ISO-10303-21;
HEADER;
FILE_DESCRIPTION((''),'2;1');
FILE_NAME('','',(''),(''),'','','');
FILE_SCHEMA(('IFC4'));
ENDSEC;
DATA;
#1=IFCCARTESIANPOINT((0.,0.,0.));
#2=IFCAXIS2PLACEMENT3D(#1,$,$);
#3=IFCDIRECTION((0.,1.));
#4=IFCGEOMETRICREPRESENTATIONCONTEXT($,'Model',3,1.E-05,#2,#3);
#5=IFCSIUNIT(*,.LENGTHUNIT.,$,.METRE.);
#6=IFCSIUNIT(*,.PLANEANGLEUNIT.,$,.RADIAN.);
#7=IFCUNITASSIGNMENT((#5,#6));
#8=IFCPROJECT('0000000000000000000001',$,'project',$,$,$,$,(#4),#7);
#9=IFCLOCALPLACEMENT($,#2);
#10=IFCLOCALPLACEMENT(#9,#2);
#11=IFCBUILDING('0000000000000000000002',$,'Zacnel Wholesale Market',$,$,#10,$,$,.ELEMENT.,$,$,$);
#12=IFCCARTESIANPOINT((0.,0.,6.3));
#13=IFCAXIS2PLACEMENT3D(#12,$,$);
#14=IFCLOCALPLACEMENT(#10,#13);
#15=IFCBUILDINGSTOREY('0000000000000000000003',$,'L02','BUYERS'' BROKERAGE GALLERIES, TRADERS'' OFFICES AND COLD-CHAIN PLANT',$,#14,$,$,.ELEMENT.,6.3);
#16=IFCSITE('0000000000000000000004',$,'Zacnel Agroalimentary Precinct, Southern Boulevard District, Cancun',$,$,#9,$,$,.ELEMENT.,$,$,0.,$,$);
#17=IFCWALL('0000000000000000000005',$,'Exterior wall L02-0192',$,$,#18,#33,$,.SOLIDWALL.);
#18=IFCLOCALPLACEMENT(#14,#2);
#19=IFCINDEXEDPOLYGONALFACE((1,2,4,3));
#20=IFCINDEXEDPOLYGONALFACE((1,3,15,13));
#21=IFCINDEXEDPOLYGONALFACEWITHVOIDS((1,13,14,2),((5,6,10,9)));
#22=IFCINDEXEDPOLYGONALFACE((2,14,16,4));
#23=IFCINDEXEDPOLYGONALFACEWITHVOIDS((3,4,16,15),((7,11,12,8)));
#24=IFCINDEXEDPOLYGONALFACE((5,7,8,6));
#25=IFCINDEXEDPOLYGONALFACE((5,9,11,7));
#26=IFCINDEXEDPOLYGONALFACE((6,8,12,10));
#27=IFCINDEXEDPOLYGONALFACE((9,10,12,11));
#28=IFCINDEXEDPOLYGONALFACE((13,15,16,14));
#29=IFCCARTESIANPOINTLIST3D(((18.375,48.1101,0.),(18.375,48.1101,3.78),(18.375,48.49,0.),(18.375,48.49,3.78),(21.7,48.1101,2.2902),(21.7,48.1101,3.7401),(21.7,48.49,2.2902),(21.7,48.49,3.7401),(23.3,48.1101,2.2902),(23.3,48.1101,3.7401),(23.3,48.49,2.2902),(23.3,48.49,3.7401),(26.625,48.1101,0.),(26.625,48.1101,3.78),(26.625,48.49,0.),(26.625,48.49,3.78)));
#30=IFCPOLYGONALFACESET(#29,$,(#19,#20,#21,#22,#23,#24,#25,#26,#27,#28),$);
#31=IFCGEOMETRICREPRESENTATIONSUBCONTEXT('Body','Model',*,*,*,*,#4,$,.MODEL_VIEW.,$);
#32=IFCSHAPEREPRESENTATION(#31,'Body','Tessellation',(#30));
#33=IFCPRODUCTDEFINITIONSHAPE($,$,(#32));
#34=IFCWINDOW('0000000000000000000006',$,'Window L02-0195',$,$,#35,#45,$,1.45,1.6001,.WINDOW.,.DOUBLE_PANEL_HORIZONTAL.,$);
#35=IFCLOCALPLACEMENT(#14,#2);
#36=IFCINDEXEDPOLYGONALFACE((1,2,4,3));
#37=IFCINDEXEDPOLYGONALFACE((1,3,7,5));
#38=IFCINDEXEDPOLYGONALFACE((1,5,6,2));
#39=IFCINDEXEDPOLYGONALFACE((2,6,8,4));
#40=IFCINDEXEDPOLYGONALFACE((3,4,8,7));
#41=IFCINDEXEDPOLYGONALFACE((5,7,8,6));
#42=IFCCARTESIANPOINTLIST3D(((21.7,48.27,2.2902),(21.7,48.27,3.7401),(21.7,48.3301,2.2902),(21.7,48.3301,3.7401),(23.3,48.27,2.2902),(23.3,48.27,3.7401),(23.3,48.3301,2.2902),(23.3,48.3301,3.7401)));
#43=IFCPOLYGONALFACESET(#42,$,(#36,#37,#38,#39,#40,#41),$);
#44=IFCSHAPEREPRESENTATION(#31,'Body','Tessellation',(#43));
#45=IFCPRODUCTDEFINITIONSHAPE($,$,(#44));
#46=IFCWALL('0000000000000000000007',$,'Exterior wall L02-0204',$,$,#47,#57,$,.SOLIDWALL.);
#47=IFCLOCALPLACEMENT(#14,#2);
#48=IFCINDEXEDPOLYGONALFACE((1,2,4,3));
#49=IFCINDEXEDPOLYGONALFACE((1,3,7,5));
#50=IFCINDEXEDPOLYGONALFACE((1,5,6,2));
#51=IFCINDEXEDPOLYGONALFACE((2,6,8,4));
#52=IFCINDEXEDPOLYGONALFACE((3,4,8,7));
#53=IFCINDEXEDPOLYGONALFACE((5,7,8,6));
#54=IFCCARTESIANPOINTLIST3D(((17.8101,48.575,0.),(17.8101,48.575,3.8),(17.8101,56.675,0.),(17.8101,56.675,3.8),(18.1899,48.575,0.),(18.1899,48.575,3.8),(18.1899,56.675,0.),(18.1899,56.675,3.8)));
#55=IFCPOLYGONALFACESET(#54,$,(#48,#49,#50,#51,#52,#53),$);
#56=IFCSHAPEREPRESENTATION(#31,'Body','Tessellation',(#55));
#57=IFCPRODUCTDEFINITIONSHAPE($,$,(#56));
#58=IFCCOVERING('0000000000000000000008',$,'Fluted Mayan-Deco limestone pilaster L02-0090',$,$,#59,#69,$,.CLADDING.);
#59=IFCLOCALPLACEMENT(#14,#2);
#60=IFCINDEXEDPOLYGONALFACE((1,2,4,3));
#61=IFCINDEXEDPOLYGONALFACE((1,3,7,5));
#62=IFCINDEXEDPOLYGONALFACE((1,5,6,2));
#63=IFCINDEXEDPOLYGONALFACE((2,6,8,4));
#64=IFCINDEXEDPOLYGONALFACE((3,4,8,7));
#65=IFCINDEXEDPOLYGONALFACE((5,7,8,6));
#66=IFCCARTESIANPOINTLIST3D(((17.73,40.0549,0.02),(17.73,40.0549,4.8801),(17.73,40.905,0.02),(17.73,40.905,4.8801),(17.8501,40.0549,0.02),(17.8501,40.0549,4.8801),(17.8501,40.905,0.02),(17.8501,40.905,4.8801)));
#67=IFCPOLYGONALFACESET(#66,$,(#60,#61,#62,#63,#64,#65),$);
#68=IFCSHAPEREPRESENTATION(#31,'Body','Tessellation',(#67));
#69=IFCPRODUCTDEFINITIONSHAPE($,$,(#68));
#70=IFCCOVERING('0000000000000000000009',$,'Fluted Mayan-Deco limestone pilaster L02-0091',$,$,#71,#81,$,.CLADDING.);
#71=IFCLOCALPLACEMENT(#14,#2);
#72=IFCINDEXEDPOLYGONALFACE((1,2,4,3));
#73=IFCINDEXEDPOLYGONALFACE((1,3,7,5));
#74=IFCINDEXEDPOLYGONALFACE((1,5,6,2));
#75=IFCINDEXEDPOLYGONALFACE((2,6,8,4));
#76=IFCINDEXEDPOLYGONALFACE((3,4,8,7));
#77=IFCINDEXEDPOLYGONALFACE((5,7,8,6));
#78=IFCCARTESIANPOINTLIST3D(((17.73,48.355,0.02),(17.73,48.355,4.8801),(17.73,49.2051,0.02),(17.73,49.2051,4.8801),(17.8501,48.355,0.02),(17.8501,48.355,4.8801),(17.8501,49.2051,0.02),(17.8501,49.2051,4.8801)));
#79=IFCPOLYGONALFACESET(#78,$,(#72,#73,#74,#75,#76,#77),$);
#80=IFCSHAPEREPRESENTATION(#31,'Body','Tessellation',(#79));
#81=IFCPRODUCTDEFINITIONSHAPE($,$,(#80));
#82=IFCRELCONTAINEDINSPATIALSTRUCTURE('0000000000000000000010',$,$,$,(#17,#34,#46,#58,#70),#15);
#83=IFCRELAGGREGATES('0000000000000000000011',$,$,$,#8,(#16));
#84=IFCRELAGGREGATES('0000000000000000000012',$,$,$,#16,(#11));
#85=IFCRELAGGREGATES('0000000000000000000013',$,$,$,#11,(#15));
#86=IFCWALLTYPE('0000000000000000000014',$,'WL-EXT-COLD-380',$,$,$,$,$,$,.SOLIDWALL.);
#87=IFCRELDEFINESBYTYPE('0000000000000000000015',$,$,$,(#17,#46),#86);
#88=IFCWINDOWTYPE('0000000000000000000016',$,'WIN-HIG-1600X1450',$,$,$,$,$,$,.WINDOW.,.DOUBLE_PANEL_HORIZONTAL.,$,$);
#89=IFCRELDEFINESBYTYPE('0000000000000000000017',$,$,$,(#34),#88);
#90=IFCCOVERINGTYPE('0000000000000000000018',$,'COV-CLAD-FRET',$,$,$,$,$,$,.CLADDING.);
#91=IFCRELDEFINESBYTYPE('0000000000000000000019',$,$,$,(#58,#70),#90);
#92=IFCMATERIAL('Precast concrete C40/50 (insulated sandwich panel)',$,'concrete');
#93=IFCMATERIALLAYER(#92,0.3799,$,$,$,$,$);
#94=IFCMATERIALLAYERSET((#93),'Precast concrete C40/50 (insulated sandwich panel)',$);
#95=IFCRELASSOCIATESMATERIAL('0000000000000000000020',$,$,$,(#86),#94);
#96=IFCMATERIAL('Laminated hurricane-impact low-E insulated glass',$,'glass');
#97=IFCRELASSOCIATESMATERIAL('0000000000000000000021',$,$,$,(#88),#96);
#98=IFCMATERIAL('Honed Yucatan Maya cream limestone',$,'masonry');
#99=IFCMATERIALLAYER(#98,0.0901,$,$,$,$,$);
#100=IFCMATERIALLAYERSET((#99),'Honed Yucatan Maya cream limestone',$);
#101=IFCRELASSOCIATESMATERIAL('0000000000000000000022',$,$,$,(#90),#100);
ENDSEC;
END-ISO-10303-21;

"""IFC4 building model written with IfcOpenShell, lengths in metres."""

from ifc_helpers import new_model, si_unit, direction, frame, frame_2d, origin, origin_2d, place, context, subcontext, project, spatial, rectangle, extrude, material, layer, layer_set, type_object, element, fill, save


model = new_model("IFC4")

# Units and contexts
model_context = context("Model", 3, precision=1e-05, world=origin(), true_north=direction((0.0, 1.0)))
body_context = subcontext(model_context, "Body", "Model", "MODEL_VIEW")
ifc_project = project(units=[si_unit("LENGTHUNIT", "METRE"), si_unit("PLANEANGLEUNIT", "RADIAN")], contexts=[model_context])

# Site, building, storey
site_placement = place(None, origin())
site = spatial("IfcSite", under=ifc_project, at=site_placement, Name="Zacnel Agroalimentary Precinct, Southern Boulevard District, Cancun", CompositionType="ELEMENT", RefElevation=0.0)
building_placement = place(site_placement, origin())
building = spatial("IfcBuilding", under=site, at=building_placement, Name="Zacnel Wholesale Market", CompositionType="ELEMENT")
storey_placement = place(building_placement, frame((0.0, 0.0, 6.3)))
storey = spatial("IfcBuildingStorey", under=building, at=storey_placement, Name="L02", Description="BUYERS' BROKERAGE GALLERIES, TRADERS' OFFICES AND COLD-CHAIN PLANT", CompositionType="ELEMENT", Elevation=6.3)

# Shared definitions
ifc_material_1 = material(Name="Precast concrete C40/50 (insulated sandwich panel)", Category="concrete")
ifc_layer_1 = layer(ifc_material_1, 0.3799)
ifc_layer_set_1 = layer_set([ifc_layer_1], Name="Precast concrete C40/50 (insulated sandwich panel)")
wall_type = type_object("IfcWallType", Name="WL-EXT-COLD-380", PredefinedType="SOLIDWALL", material=ifc_layer_set_1)

# Wall, opening, window
wall_1_placement = place(storey_placement, frame((18.375, 48.3, 0.0), z_axis=(0.0, 0.0, 1.0), x_axis=(1.0, 0.0, 0.0)))
wall_1 = element("IfcWall", 1, at=wall_1_placement, inside=storey, type_object=wall_type, Name="Exterior wall L02-0192", PredefinedType="SOLIDWALL", context=body_context, shape_type="SweptSolid", body=[
    extrude(rectangle(XDim=8.25, YDim=0.3799, at=frame_2d((4.125, 0.0))), origin(), (0.0, 0.0, 1.0), 3.78),
])
opening_placement = place(wall_1_placement, frame((3.325, 0.0, 2.29)))
opening = element("IfcOpeningElement", 2, at=opening_placement, cuts=wall_1, PredefinedType="OPENING", context=body_context, shape_type="SweptSolid", body=[
    extrude(rectangle(XDim=1.6001, YDim=1.45, at=frame_2d((0.8, 0.7251))), frame((0.0, 0.2, 0.0), z_axis=(0.0, -1.0, 0.0), x_axis=(1.0, 0.0, 0.0)), (0.0, 0.0, 1.0), 0.3999),
])
ifc_material_2 = material(Name="Laminated hurricane-impact low-E insulated glass", Category="glass")
window_type = type_object("IfcWindowType", Name="WIN-HIG-1600X1450", PartitioningType="DOUBLE_PANEL_HORIZONTAL", PredefinedType="WINDOW", material=ifc_material_2)
window_placement = place(opening_placement, origin())
window = element("IfcWindow", 3, at=window_placement, inside=storey, type_object=window_type, Name="Window L02-0195", OverallHeight=1.45, OverallWidth=1.6001, PartitioningType="DOUBLE_PANEL_HORIZONTAL", PredefinedType="WINDOW", context=body_context, shape_type="SweptSolid", body=[
    extrude(rectangle(XDim=1.6001, YDim=1.45, at=frame_2d((0.8, 0.7251))), frame((0.0, 0.03, 0.0), z_axis=(0.0, -1.0, 0.0), x_axis=(1.0, 0.0, 0.0)), (0.0, 0.0, 1.0), 0.0601),
])
fill(opening, window)

# Wall
wall_2_placement = place(storey_placement, frame((18.0, 48.575, 0.0), z_axis=(0.0, 0.0, 1.0), x_axis=(0.0, 1.0, 0.0)))
element("IfcWall", 4, at=wall_2_placement, inside=storey, type_object=wall_type, Name="Exterior wall L02-0204", PredefinedType="SOLIDWALL", context=body_context, shape_type="SweptSolid", body=[
    extrude(rectangle(XDim=8.1001, YDim=0.3799, at=frame_2d((4.05, 0.0))), origin(), (0.0, 0.0, 1.0), 3.8),
])

# Coverings
ifc_material_3 = material(Name="Honed Yucatan Maya cream limestone", Category="masonry")
ifc_layer_2 = layer(ifc_material_3, 0.0901)
ifc_layer_set_2 = layer_set([ifc_layer_2], Name="Honed Yucatan Maya cream limestone")
covering_type = type_object("IfcCoveringType", Name="COV-CLAD-FRET", PredefinedType="CLADDING", material=ifc_layer_set_2)
for number, where, z_axis, x_axis, name in (
    (5, (17.79, 40.48, 0.02), (0.0, 0.0, 1.0), (0.0, 1.0, 0.0), "Fluted Mayan-Deco limestone pilaster L02-0090"),
    (6, (17.79, 48.78, 0.02), (0.0, 0.0, 1.0), (0.0, 1.0, 0.0), "Fluted Mayan-Deco limestone pilaster L02-0091"),
):
    element("IfcCovering", number, at=place(storey_placement, frame(where, z_axis=z_axis, x_axis=x_axis)), inside=storey, type_object=covering_type, Name=name, PredefinedType="CLADDING", context=body_context, shape_type="SweptSolid", body=[
        extrude(rectangle(XDim=0.8501, YDim=0.1201, at=origin_2d()), origin(), (0.0, 0.0, 1.0), 4.8601),
    ])

save(model, "model.ifc")
